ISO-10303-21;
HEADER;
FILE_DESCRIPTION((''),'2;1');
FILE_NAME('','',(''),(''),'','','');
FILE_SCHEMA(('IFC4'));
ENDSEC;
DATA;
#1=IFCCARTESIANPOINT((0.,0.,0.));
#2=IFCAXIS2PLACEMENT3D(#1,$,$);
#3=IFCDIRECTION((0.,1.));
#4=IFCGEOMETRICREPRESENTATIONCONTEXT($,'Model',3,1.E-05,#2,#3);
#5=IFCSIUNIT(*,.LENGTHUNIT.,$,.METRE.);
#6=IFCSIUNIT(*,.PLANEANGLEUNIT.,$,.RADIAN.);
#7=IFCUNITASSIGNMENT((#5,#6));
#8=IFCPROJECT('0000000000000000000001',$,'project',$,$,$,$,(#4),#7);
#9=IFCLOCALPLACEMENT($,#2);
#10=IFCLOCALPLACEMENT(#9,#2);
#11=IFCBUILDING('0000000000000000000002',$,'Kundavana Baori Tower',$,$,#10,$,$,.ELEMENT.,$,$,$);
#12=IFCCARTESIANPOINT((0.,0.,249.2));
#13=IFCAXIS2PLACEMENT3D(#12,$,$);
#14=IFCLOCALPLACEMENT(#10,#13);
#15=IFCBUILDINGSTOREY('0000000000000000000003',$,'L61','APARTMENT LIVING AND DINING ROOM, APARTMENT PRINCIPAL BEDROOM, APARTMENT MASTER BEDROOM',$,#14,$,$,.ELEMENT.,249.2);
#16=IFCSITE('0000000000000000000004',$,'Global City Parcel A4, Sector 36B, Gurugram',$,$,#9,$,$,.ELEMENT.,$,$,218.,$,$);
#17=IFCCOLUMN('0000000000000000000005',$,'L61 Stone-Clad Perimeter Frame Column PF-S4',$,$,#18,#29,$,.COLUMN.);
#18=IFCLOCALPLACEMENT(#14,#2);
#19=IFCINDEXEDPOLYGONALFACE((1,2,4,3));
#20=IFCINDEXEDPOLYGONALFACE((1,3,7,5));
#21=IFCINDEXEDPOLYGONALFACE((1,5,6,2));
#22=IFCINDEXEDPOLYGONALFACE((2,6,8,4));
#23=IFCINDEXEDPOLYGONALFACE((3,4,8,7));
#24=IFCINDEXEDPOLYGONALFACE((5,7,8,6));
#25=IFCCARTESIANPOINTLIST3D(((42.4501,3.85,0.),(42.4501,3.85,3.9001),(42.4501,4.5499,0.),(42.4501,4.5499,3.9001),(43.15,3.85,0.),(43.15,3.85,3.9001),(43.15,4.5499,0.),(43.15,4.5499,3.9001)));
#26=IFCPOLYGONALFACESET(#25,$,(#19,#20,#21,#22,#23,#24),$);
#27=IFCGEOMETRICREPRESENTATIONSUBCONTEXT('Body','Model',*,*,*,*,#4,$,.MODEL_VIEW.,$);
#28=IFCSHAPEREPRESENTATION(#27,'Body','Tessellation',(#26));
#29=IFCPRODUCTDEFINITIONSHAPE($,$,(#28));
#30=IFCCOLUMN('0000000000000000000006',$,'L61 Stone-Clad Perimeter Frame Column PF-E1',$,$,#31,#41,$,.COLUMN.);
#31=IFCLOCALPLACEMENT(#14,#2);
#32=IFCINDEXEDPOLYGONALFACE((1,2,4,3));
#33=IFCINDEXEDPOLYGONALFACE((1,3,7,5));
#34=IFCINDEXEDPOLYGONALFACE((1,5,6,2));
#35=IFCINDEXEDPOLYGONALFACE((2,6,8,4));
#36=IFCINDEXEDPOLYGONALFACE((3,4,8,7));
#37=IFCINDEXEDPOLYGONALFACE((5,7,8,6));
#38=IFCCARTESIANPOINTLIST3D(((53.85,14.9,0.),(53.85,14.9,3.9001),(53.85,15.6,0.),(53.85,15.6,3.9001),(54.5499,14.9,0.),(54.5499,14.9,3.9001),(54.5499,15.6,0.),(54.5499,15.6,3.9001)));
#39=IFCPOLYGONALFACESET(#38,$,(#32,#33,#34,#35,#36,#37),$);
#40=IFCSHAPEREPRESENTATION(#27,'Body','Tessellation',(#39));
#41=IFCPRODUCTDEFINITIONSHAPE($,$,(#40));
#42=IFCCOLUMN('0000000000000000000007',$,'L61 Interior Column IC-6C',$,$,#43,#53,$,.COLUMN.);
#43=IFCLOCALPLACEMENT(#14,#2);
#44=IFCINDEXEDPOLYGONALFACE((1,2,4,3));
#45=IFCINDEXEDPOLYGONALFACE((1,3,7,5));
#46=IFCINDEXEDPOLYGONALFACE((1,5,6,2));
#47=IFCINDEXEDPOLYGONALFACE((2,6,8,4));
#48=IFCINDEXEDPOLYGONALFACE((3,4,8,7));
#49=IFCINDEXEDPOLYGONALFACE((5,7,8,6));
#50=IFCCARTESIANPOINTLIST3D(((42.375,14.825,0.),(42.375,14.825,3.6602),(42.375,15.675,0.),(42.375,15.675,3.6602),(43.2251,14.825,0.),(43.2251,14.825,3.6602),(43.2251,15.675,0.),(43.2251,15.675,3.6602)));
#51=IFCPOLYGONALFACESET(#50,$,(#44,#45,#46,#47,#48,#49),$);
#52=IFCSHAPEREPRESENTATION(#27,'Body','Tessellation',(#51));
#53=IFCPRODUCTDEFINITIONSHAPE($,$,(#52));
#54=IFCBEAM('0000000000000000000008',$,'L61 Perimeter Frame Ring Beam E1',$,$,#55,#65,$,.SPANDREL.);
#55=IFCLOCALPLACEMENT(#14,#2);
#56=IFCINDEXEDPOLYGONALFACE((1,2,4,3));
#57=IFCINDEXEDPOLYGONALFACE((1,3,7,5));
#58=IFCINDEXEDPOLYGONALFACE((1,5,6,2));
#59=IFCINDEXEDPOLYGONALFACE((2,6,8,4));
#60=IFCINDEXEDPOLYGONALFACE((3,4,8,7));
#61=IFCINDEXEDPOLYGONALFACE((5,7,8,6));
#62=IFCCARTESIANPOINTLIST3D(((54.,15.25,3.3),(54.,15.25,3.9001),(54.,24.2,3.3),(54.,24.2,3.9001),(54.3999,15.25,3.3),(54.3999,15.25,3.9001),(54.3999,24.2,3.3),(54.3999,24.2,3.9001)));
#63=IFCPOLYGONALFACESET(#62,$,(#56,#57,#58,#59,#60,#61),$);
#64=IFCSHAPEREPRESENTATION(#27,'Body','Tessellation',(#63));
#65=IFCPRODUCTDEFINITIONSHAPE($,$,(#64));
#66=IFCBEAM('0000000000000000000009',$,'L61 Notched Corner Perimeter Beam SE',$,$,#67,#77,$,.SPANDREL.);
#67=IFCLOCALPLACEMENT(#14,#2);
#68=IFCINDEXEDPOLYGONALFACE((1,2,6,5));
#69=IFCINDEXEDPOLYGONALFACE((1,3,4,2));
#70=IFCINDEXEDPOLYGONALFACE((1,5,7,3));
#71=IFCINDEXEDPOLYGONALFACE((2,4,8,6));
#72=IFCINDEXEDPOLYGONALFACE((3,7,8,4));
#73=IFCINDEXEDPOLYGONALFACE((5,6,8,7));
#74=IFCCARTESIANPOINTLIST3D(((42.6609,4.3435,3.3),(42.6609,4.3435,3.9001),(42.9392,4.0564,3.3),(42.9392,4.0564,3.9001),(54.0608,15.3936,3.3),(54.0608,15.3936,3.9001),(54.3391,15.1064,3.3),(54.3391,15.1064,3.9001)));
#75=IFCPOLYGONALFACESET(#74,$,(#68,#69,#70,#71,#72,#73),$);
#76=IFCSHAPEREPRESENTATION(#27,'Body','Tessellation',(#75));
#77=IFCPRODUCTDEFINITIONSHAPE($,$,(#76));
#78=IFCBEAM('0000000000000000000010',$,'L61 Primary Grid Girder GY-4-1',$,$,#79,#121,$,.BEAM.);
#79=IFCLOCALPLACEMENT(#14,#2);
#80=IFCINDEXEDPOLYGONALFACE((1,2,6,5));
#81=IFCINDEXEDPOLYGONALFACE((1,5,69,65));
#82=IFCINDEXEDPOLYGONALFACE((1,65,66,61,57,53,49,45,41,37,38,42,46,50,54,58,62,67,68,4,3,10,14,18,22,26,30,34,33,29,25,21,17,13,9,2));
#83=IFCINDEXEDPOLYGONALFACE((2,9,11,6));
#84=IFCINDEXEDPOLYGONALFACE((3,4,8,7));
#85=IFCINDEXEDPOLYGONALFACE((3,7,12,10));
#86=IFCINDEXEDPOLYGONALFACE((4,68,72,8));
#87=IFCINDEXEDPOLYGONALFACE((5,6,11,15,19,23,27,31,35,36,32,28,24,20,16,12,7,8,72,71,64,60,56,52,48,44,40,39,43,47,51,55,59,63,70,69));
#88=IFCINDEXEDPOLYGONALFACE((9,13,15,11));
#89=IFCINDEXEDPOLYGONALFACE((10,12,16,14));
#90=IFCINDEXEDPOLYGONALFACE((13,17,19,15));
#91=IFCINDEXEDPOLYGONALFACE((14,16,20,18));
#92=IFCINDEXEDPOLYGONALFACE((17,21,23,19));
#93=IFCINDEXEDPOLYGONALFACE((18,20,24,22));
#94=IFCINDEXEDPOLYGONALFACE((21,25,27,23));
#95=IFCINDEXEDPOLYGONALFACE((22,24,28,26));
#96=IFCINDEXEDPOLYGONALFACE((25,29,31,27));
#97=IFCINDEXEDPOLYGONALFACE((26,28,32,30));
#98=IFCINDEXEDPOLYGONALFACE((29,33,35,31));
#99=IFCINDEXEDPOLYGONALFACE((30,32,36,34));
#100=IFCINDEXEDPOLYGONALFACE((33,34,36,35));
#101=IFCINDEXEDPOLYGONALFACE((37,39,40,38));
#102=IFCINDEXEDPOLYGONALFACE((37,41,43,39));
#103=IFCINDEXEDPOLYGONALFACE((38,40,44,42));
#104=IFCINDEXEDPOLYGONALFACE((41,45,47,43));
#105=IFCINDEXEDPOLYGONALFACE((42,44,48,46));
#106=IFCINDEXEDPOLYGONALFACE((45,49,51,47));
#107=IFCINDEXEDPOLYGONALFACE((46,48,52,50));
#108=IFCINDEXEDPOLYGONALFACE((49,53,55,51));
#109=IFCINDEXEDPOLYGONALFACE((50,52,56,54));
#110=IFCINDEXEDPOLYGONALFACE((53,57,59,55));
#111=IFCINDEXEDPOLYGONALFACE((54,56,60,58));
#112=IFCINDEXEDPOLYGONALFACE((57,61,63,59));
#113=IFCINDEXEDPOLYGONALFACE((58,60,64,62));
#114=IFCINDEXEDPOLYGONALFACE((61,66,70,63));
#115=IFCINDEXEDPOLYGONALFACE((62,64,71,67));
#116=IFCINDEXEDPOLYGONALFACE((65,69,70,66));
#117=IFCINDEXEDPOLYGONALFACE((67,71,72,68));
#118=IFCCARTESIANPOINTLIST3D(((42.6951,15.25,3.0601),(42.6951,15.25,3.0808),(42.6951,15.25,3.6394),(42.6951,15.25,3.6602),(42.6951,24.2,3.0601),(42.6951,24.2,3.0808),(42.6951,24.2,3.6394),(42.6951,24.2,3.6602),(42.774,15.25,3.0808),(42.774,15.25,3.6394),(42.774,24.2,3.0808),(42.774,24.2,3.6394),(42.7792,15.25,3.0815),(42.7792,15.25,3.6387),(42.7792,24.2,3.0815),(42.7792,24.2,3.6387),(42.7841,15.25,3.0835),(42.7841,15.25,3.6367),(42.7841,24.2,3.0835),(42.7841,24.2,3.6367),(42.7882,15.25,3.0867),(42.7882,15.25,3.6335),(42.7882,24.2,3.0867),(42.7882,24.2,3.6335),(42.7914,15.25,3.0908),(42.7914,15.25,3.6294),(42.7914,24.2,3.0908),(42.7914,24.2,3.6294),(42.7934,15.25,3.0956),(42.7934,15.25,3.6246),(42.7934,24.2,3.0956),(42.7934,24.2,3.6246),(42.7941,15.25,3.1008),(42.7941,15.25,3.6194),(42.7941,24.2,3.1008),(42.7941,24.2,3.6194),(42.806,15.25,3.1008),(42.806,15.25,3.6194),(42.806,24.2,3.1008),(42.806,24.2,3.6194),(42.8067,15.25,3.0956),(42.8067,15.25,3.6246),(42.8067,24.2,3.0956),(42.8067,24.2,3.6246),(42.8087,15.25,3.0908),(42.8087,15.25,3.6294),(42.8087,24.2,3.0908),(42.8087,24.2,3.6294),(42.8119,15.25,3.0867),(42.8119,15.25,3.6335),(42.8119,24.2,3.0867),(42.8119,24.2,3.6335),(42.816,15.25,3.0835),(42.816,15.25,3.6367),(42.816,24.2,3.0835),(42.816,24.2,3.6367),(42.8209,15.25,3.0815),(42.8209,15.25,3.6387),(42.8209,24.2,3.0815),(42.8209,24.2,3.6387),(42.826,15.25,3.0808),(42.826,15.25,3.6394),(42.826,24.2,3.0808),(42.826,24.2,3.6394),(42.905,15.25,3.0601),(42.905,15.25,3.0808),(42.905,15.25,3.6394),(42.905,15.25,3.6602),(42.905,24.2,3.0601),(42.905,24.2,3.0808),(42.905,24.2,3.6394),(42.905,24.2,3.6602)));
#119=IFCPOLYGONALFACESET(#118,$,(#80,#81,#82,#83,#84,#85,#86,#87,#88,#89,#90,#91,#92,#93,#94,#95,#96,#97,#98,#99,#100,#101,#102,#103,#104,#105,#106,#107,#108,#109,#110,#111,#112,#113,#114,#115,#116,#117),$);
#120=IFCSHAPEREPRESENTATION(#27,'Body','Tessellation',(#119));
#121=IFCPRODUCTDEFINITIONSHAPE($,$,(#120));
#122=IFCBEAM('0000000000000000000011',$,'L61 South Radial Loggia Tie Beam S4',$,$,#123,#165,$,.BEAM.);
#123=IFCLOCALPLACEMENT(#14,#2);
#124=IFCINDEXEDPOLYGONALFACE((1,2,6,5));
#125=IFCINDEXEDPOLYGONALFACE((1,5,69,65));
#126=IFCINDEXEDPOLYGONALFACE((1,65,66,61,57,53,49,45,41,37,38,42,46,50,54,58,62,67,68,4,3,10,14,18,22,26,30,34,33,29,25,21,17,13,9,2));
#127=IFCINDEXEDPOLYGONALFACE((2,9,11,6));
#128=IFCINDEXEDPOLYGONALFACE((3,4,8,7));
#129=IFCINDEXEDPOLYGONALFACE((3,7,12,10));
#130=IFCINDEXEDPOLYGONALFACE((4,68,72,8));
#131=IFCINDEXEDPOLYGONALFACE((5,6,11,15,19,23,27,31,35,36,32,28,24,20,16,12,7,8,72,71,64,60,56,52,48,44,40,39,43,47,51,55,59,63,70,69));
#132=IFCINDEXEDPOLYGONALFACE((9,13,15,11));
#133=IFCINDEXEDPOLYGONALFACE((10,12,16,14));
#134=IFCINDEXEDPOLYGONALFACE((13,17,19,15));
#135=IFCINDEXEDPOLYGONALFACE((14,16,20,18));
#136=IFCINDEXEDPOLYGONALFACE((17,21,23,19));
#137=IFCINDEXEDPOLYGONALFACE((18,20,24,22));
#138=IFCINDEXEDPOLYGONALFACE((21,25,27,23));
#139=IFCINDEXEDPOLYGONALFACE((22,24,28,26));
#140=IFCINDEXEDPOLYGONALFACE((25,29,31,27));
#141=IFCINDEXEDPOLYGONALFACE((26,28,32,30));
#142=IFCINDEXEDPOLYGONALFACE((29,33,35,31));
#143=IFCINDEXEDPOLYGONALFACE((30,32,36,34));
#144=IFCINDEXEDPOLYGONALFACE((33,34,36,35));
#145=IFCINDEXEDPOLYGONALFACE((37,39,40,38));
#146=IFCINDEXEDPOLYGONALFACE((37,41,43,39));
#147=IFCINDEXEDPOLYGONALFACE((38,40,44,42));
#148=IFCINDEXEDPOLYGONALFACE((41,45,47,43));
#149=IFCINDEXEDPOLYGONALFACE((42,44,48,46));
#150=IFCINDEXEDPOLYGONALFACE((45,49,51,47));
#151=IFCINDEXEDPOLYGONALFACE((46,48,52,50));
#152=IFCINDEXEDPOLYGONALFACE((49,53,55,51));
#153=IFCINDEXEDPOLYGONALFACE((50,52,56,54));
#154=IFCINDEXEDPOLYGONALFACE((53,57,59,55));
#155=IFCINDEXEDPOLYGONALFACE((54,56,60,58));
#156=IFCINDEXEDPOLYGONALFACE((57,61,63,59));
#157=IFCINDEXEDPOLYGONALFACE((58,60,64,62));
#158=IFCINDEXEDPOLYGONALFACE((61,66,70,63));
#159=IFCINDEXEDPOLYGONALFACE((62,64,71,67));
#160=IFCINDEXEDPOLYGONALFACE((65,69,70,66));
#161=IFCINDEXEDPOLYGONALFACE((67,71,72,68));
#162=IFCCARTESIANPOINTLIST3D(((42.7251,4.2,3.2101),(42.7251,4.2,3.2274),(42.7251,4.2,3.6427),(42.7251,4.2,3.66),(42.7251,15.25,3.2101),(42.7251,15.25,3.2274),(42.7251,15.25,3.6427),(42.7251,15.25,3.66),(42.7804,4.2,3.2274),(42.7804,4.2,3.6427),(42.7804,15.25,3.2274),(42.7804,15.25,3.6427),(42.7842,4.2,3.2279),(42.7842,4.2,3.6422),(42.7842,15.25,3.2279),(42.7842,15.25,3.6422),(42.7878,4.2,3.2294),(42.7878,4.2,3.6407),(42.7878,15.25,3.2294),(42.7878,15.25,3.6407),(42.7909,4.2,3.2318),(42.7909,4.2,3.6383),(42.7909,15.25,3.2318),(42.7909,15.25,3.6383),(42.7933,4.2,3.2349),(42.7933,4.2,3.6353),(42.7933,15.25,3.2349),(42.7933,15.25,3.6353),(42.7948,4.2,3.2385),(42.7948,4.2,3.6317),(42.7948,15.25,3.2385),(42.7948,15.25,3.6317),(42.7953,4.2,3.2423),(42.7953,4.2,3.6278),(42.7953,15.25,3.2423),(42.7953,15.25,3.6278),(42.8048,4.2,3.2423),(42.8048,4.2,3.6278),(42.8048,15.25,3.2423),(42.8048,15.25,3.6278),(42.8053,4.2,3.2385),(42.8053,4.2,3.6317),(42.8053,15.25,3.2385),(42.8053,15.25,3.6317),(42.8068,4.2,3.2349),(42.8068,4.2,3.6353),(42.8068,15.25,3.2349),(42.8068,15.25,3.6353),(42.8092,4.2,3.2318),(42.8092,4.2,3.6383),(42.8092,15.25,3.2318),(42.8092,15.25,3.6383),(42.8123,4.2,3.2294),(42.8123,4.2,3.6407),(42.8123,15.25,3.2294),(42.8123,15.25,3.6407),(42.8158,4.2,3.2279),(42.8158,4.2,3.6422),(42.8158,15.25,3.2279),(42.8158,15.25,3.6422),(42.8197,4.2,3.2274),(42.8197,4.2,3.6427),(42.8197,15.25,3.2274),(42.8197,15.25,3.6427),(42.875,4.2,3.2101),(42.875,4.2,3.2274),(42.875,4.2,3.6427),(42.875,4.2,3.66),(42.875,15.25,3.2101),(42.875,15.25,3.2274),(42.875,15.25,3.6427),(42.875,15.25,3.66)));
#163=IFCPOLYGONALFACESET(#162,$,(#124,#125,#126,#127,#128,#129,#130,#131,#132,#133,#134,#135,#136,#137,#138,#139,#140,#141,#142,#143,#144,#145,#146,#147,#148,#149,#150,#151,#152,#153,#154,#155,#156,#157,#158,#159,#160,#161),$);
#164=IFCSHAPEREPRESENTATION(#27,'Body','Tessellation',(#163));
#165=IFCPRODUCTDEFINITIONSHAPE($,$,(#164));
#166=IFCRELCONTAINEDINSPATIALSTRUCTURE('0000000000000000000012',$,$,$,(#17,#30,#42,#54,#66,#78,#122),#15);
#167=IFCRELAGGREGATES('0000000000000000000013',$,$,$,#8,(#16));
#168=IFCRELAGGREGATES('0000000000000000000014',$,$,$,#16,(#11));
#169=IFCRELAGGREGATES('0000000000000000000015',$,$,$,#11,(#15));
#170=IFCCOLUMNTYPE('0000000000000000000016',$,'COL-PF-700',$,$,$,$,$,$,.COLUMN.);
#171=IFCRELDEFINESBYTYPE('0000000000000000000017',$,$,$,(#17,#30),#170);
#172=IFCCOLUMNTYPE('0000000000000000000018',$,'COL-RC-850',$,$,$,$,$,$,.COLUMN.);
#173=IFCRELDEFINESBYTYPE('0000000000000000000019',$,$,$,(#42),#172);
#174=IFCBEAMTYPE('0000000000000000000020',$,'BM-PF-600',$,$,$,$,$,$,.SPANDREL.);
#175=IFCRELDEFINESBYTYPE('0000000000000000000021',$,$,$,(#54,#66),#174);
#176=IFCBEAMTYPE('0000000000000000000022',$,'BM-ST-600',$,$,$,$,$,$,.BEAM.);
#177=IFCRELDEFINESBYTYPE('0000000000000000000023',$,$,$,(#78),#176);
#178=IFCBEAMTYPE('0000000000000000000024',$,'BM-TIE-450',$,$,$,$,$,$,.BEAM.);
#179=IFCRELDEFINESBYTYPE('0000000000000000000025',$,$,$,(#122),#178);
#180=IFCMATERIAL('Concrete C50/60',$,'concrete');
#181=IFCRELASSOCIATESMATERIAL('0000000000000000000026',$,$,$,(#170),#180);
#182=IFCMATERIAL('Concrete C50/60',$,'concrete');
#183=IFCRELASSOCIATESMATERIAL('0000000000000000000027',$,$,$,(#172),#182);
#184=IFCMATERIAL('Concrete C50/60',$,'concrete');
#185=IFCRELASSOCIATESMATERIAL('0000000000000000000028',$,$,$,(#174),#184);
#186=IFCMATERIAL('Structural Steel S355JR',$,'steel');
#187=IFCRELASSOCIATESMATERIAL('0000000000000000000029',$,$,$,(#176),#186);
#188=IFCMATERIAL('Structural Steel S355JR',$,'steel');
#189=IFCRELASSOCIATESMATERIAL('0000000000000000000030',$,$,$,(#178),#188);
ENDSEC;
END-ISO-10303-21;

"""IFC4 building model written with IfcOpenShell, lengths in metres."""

from ifc_helpers import new_model, si_unit, direction, frame, origin, origin_2d, place, context, subcontext, project, spatial, rectangle, i_section, extrude, material, material_profile, profile_set, type_object, element, save


model = new_model("IFC4")

# Units and contexts
model_context = context("Model", 3, precision=1e-05, world=origin(), true_north=direction((0.0, 1.0)))
body_context = subcontext(model_context, "Body", "Model", "MODEL_VIEW")
ifc_project = project(units=[si_unit("LENGTHUNIT", "METRE"), si_unit("PLANEANGLEUNIT", "RADIAN")], contexts=[model_context])

# Site, building, storey
site_placement = place(None, origin())
site = spatial("IfcSite", under=ifc_project, at=site_placement, Name="Global City Parcel A4, Sector 36B, Gurugram", CompositionType="ELEMENT", RefElevation=218.0)
building_placement = place(site_placement, origin())
building = spatial("IfcBuilding", under=site, at=building_placement, Name="Kundavana Baori Tower", CompositionType="ELEMENT")
storey_placement = place(building_placement, frame((0.0, 0.0, 249.2)))
storey = spatial("IfcBuildingStorey", under=building, at=storey_placement, Name="L61", Description="APARTMENT LIVING AND DINING ROOM, APARTMENT PRINCIPAL BEDROOM, APARTMENT MASTER BEDROOM", CompositionType="ELEMENT", Elevation=249.2)

# Columns
ifc_material_1 = material(Name="Concrete C50/60", Category="concrete")
ifc_material_profile_1 = material_profile(ifc_material_1, rectangle(XDim=0.7, YDim=0.7, at=origin_2d()), Name="RC PF 700x700")
ifc_profile_set_1 = profile_set([ifc_material_profile_1], Name="Concrete C50/60")
column_type_1 = type_object("IfcColumnType", Name="COL-PF-700", PredefinedType="COLUMN", material=ifc_profile_set_1)
for number, where, z_axis, x_axis, name in (
    (1, (42.8, 4.2, 0.0), (0.0, 0.0, 1.0), (1.0, 0.0, 0.0), "L61 Stone-Clad Perimeter Frame Column PF-S4"),
    (2, (54.2, 15.25, 0.0), (0.0, 0.0, 1.0), (1.0, 0.0, 0.0), "L61 Stone-Clad Perimeter Frame Column PF-E1"),
):
    element("IfcColumn", number, at=place(storey_placement, frame(where, z_axis=z_axis, x_axis=x_axis)), inside=storey, type_object=column_type_1, Name=name, PredefinedType="COLUMN", context=body_context, shape_type="SweptSolid", body=[
        extrude(rectangle(XDim=0.7, YDim=0.7, at=origin_2d()), origin(), (0.0, 0.0, 1.0), 3.9001),
    ])
ifc_material_2 = material(Name="Concrete C50/60", Category="concrete")
ifc_material_profile_2 = material_profile(ifc_material_2, rectangle(XDim=0.8501, YDim=0.8501, at=origin_2d()), Name="RC 850x850")
ifc_profile_set_2 = profile_set([ifc_material_profile_2], Name="Concrete C50/60")
column_type_2 = type_object("IfcColumnType", Name="COL-RC-850", PredefinedType="COLUMN", material=ifc_profile_set_2)
column_placement = place(storey_placement, frame((42.8, 15.25, 0.0), z_axis=(0.0, 0.0, 1.0), x_axis=(1.0, 0.0, 0.0)))
element("IfcColumn", 3, at=column_placement, inside=storey, type_object=column_type_2, Name="L61 Interior Column IC-6C", PredefinedType="COLUMN", context=body_context, shape_type="SweptSolid", body=[
    extrude(rectangle(XDim=0.8501, YDim=0.8501, at=origin_2d()), origin(), (0.0, 0.0, 1.0), 3.6602),
])

# Beams
ifc_material_3 = material(Name="Concrete C50/60", Category="concrete")
ifc_material_profile_3 = material_profile(ifc_material_3, rectangle(XDim=0.3999, YDim=0.6001, at=origin_2d()), Name="RC BM 400x600")
ifc_profile_set_3 = profile_set([ifc_material_profile_3], Name="Concrete C50/60")
beam_type_1 = type_object("IfcBeamType", Name="BM-PF-600", PredefinedType="SPANDREL", material=ifc_profile_set_3)
beam_1_placement = place(storey_placement, frame((54.2, 15.25, 3.6001), z_axis=(0.0, 1.0, 0.0), x_axis=(-1.0, 0.0, 0.0)))
element("IfcBeam", 4, at=beam_1_placement, inside=storey, type_object=beam_type_1, Name="L61 Perimeter Frame Ring Beam E1", PredefinedType="SPANDREL", context=body_context, shape_type="SweptSolid", body=[
    extrude(rectangle(XDim=0.3999, YDim=0.6001, at=origin_2d()), origin(), (0.0, 0.0, 1.0), 8.95),
])
beam_2_placement = place(storey_placement, frame((42.8, 4.2, 3.6001), z_axis=(0.718039, 0.696003, 0.0), x_axis=(-0.696003, 0.718039, 0.0)))
element("IfcBeam", 5, at=beam_2_placement, inside=storey, type_object=beam_type_1, Name="L61 Notched Corner Perimeter Beam SE", PredefinedType="SPANDREL", context=body_context, shape_type="SweptSolid", body=[
    extrude(rectangle(XDim=0.3999, YDim=0.6001, at=origin_2d()), origin(), (0.0, 0.0, 1.0), 15.8765),
])
ifc_material_4 = material(Name="Structural Steel S355JR", Category="steel")
ifc_material_profile_4 = material_profile(ifc_material_4, i_section(OverallWidth=0.21, OverallDepth=0.6001, WebThickness=0.012, FlangeThickness=0.0208, FilletRadius=0.02, at=origin_2d()), Name="ISMB 600")
ifc_profile_set_4 = profile_set([ifc_material_profile_4], Name="Structural Steel S355JR")
beam_type_2 = type_object("IfcBeamType", Name="BM-ST-600", PredefinedType="BEAM", material=ifc_profile_set_4)
beam_3_placement = place(storey_placement, frame((42.8, 15.25, 3.3601), z_axis=(0.0, 1.0, 0.0), x_axis=(-1.0, 0.0, 0.0)))
element("IfcBeam", 6, at=beam_3_placement, inside=storey, type_object=beam_type_2, Name="L61 Primary Grid Girder GY-4-1", PredefinedType="BEAM", context=body_context, shape_type="SweptSolid", body=[
    extrude(i_section(OverallWidth=0.21, OverallDepth=0.6001, WebThickness=0.012, FlangeThickness=0.0208, FilletRadius=0.02, at=origin_2d()), origin(), (0.0, 0.0, 1.0), 8.95),
])
ifc_material_5 = material(Name="Structural Steel S355JR", Category="steel")
ifc_material_profile_5 = material_profile(ifc_material_5, i_section(OverallWidth=0.1499, OverallDepth=0.45, WebThickness=0.0095, FlangeThickness=0.0173, FilletRadius=0.0149, at=origin_2d()), Name="ISMB 450")
ifc_profile_set_5 = profile_set([ifc_material_profile_5], Name="Structural Steel S355JR")
beam_type_3 = type_object("IfcBeamType", Name="BM-TIE-450", PredefinedType="BEAM", material=ifc_profile_set_5)
beam_4_placement = place(storey_placement, frame((42.8, 15.25, 3.4351), z_axis=(0.0, -1.0, 0.0), x_axis=(1.0, 0.0, 0.0)))
element("IfcBeam", 7, at=beam_4_placement, inside=storey, type_object=beam_type_3, Name="L61 South Radial Loggia Tie Beam S4", PredefinedType="BEAM", context=body_context, shape_type="SweptSolid", body=[
    extrude(i_section(OverallWidth=0.1499, OverallDepth=0.45, WebThickness=0.0095, FlangeThickness=0.0173, FilletRadius=0.0149, at=origin_2d()), origin(), (0.0, 0.0, 1.0), 11.05),
])

save(model, "model.ifc")
